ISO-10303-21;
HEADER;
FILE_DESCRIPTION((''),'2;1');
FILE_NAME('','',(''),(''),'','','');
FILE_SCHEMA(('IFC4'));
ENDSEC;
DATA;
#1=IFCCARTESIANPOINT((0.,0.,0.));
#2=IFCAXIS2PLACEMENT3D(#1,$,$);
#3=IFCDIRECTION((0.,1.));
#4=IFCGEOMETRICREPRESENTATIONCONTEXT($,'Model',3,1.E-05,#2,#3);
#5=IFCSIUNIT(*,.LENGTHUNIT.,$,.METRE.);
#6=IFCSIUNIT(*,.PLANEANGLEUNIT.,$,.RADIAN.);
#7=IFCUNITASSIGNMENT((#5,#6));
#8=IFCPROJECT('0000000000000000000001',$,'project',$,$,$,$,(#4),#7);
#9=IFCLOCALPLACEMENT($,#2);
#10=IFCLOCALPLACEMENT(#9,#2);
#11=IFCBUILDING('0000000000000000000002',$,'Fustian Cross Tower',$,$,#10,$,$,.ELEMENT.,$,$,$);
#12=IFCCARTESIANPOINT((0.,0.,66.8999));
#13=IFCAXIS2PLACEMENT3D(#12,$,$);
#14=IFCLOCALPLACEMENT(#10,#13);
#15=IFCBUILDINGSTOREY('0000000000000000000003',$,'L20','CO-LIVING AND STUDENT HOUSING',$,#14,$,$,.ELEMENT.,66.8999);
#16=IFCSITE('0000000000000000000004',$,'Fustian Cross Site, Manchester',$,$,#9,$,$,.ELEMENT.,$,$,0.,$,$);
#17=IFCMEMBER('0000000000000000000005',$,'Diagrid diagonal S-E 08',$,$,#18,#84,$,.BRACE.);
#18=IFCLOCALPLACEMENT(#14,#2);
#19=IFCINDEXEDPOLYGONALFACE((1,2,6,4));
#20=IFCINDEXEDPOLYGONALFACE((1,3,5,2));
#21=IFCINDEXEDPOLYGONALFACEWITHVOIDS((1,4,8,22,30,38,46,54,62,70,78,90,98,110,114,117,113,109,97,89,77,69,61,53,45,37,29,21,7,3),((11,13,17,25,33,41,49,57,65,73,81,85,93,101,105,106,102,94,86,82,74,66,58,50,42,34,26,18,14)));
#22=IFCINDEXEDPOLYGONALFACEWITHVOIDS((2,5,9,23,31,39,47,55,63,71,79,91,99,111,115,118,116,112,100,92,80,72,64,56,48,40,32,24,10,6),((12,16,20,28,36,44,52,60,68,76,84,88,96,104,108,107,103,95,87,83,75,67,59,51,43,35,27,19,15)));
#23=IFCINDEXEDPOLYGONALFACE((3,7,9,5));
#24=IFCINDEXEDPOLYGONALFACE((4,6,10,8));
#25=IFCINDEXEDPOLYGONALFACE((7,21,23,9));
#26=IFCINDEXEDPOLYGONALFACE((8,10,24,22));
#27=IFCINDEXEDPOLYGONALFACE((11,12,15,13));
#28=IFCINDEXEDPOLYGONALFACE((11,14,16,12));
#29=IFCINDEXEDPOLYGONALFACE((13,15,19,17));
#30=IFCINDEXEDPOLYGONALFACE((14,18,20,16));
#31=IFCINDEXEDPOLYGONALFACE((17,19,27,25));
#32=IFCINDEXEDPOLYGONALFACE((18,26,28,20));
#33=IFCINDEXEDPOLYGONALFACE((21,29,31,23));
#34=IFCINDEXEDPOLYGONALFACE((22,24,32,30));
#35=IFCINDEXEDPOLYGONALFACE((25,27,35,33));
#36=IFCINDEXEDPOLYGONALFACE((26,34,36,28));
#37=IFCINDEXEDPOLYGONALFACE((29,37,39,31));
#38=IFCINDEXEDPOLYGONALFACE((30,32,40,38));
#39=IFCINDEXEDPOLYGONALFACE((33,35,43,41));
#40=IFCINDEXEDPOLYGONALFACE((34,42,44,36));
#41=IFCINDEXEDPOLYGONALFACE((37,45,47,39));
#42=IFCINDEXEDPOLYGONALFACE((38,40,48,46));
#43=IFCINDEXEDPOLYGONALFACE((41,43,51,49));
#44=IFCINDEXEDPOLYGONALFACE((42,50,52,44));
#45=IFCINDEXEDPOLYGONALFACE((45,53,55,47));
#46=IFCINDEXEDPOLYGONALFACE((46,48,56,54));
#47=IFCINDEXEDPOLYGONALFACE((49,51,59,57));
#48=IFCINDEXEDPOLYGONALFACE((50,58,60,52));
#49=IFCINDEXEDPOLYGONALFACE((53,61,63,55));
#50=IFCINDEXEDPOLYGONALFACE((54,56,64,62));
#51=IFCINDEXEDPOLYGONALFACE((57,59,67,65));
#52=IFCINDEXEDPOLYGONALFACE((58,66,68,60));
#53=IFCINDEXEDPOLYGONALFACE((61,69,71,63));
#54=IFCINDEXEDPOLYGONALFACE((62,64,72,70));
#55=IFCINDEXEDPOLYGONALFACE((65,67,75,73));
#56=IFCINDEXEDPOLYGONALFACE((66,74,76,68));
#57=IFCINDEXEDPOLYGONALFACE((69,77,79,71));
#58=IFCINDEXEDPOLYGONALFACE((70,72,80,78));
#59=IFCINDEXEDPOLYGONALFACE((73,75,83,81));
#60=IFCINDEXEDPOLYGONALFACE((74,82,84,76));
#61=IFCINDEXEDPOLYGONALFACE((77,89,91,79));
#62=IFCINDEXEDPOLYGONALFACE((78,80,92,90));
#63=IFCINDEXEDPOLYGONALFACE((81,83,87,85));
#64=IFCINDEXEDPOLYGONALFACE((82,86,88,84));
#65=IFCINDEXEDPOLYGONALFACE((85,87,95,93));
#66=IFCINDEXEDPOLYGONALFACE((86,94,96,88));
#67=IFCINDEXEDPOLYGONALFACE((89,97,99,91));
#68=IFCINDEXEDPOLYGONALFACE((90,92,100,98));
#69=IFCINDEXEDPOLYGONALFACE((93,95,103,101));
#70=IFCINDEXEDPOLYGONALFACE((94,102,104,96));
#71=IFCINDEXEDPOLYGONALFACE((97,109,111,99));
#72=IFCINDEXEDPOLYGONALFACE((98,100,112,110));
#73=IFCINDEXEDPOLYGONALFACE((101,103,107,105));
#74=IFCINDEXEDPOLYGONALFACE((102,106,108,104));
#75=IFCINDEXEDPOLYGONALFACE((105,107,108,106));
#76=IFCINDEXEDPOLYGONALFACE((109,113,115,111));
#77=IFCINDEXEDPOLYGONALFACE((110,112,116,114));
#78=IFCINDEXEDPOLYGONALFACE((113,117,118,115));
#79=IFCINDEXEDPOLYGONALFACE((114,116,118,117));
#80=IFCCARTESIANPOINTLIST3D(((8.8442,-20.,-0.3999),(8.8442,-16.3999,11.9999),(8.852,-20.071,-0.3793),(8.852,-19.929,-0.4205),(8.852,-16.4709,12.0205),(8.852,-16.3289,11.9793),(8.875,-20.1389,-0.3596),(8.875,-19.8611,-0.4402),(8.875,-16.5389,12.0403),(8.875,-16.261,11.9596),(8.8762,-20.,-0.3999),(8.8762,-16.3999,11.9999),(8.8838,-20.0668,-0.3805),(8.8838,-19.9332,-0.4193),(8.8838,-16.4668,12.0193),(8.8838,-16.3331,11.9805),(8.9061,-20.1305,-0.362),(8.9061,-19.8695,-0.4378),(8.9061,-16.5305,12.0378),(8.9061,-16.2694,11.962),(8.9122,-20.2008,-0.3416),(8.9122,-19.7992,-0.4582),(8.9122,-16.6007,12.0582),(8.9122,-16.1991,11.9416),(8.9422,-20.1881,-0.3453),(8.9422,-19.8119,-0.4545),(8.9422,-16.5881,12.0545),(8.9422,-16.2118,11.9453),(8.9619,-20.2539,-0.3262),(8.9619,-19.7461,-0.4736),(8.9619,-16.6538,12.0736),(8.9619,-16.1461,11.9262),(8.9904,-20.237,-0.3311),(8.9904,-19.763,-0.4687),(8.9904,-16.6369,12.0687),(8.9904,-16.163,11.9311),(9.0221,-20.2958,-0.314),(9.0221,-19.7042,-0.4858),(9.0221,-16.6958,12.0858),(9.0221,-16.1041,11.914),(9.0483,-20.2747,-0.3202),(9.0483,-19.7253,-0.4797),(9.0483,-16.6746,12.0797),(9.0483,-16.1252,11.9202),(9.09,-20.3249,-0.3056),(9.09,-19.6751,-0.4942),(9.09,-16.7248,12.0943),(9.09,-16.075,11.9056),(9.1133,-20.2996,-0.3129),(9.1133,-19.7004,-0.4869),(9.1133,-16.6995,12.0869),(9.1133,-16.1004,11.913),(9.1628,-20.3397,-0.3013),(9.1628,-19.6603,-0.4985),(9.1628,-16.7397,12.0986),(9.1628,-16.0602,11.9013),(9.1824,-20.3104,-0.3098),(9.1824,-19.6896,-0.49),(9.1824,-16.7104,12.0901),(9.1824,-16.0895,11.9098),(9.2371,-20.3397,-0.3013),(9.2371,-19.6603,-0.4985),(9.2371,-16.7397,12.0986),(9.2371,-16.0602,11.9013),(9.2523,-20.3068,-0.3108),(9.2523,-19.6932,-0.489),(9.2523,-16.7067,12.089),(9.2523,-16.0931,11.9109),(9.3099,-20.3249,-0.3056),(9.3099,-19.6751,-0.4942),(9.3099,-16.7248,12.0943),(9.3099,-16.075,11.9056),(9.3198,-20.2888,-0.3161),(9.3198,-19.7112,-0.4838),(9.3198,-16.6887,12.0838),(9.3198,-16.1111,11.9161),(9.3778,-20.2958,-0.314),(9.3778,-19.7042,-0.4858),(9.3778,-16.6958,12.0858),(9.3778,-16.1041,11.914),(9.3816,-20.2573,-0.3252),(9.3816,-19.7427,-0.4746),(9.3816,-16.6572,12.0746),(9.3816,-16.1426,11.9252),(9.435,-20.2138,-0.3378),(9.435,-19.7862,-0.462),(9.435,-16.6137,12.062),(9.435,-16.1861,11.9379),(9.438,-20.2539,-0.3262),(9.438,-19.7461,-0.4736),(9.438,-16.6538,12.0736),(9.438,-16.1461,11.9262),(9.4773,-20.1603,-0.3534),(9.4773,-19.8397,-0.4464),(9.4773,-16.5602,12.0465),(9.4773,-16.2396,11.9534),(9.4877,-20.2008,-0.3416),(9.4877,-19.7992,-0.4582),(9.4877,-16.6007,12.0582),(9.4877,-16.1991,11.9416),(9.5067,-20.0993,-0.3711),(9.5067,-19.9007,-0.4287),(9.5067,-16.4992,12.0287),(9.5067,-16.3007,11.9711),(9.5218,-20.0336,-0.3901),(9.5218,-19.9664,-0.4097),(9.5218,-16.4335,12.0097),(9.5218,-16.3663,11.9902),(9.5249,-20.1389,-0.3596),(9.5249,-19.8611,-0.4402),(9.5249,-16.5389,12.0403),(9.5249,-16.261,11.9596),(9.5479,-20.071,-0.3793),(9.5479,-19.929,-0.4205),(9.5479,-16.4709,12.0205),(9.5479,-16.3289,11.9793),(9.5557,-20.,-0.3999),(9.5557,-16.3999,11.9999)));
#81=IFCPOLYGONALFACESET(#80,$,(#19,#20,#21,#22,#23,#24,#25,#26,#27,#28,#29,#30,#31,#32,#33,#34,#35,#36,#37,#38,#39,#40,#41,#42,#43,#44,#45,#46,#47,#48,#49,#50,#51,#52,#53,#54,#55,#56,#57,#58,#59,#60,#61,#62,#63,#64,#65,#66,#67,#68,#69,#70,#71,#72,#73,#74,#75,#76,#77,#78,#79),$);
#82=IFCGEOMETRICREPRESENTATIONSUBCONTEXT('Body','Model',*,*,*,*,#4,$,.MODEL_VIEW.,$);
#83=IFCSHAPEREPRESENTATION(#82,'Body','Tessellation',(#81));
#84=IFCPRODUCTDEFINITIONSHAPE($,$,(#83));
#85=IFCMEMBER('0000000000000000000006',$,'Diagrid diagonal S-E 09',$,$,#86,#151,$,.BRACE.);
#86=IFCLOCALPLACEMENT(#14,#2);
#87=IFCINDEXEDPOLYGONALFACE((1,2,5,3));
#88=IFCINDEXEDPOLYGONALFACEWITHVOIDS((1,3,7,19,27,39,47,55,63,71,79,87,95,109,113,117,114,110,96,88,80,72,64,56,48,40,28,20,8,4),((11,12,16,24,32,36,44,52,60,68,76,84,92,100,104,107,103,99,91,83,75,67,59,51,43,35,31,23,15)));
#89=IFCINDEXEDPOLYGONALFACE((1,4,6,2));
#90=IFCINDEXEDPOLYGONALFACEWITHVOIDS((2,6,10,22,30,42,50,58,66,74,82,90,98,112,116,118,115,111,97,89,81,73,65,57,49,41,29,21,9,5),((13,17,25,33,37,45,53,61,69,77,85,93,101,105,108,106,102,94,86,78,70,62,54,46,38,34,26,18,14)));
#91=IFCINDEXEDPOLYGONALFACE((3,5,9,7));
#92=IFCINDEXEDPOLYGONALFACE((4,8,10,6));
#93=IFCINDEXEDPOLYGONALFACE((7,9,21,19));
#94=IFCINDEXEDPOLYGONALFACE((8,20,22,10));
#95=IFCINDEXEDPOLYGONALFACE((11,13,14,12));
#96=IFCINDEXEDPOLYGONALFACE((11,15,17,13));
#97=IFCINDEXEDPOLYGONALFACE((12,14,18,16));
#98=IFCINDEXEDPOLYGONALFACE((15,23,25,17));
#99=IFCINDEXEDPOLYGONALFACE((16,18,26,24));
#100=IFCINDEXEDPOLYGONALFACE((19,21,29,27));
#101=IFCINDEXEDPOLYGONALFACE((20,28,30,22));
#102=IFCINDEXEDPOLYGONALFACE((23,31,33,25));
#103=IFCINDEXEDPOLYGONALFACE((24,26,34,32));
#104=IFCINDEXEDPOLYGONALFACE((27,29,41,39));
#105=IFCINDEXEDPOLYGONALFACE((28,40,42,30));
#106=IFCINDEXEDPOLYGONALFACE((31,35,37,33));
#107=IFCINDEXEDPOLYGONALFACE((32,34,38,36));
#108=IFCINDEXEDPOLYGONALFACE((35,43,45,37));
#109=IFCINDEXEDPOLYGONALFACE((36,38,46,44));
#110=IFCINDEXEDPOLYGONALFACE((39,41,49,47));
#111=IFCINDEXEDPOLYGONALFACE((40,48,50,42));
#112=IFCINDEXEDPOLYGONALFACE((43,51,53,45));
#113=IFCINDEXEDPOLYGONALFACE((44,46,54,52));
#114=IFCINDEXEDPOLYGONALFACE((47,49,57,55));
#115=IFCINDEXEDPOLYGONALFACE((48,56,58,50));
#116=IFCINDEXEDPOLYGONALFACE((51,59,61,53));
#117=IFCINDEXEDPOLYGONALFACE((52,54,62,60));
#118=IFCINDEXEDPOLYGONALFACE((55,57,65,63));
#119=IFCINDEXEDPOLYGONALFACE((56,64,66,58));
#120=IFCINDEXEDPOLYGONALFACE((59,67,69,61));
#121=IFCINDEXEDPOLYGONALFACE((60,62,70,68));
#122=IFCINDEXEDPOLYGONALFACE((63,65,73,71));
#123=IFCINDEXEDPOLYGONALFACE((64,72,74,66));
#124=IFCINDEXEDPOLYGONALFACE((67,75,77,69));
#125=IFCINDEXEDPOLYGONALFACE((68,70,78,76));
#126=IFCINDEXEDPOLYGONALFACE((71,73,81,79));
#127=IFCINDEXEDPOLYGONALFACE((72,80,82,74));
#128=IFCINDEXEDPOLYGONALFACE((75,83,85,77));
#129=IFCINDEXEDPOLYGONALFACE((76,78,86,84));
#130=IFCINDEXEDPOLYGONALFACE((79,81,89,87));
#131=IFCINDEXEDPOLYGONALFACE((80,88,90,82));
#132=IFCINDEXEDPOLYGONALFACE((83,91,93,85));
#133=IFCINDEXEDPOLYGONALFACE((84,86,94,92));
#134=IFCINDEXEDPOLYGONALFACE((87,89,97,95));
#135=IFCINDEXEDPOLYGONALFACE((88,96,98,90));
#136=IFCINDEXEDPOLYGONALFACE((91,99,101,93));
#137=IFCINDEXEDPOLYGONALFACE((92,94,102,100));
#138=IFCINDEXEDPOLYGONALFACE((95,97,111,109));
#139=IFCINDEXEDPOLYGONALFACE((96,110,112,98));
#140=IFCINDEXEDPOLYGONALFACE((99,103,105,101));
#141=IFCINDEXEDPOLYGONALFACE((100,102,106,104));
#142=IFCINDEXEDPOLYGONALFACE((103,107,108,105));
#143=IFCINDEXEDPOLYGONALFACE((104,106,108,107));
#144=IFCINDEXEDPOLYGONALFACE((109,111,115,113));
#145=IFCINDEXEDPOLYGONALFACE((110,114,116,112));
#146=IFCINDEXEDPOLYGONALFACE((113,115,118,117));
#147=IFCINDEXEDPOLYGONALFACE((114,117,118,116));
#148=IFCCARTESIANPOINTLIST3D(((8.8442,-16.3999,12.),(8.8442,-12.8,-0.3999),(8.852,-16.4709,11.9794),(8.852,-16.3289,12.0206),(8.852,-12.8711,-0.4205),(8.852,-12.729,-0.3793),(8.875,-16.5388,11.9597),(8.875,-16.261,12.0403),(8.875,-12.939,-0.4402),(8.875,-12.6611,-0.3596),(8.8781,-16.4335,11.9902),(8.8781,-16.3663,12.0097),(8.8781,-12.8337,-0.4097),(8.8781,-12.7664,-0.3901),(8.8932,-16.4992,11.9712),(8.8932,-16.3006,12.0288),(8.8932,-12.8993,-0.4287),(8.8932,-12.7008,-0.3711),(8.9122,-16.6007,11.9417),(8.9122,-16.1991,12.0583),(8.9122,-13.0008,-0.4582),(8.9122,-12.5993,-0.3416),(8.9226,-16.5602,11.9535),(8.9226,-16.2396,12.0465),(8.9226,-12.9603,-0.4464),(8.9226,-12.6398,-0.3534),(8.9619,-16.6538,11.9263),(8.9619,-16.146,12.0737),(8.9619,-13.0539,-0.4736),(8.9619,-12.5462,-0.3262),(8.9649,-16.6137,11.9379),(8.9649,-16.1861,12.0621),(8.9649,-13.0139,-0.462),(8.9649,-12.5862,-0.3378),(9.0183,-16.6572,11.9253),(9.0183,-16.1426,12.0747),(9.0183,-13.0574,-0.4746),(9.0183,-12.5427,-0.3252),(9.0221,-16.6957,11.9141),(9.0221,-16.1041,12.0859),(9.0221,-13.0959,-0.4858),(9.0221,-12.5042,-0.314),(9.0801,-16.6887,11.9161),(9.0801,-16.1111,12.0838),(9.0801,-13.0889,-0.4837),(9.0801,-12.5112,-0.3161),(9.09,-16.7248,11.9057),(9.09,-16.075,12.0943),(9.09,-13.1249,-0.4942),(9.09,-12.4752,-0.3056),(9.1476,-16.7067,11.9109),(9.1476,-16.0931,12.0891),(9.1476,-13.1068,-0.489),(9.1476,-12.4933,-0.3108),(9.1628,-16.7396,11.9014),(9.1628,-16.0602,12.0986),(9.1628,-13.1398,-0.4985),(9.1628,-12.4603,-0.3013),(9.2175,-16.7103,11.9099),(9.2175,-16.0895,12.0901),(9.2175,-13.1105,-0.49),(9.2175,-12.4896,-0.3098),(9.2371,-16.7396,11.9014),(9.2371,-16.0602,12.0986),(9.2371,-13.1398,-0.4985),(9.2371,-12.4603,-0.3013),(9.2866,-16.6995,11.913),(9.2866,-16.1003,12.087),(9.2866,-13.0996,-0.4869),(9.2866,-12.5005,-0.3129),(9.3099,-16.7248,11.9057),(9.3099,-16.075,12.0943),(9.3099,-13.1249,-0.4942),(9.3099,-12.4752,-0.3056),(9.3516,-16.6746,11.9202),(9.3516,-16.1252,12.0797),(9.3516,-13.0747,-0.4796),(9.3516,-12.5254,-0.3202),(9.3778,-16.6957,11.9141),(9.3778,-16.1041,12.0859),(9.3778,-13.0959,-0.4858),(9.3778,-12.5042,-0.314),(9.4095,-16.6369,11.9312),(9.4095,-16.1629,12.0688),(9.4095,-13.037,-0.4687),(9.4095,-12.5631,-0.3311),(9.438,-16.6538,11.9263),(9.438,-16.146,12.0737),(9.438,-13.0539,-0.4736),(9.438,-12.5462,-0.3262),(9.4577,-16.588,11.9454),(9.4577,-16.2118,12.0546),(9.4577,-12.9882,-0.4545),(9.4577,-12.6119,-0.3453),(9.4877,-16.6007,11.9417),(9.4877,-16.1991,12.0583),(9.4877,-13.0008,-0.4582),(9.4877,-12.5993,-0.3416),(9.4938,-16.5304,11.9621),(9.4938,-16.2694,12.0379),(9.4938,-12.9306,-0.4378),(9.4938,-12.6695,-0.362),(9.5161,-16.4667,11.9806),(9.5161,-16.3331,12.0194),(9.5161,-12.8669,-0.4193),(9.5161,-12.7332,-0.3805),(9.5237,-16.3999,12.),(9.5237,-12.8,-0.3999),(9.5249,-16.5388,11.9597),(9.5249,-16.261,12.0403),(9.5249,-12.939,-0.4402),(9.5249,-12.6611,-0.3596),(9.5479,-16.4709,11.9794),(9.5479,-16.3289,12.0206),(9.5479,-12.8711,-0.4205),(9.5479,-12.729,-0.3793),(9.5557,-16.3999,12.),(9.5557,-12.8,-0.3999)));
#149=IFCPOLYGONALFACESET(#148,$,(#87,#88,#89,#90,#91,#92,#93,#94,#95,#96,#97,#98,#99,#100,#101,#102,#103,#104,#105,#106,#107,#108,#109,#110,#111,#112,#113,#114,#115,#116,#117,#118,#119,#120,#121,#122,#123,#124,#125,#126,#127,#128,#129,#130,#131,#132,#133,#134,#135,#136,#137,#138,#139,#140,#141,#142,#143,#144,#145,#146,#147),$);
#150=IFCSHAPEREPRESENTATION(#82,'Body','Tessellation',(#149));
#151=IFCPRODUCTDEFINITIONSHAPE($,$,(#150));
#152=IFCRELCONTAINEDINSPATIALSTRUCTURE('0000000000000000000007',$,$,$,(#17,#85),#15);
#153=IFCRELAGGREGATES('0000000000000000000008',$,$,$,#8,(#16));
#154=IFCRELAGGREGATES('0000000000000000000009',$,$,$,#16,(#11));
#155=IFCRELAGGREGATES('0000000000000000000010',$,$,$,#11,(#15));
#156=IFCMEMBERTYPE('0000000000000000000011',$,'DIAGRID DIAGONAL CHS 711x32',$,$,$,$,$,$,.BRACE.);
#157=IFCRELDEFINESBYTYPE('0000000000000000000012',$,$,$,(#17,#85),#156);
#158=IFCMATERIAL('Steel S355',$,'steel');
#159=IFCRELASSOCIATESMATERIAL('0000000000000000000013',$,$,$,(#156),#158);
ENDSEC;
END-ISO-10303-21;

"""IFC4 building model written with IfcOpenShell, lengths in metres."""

from ifc_helpers import new_model, si_unit, direction, frame, origin, origin_2d, place, context, subcontext, project, spatial, hollow_circle, extrude, material, material_profile, profile_set, type_object, element, save


model = new_model("IFC4")

# Units and contexts
model_context = context("Model", 3, precision=1e-05, world=origin(), true_north=direction((0.0, 1.0)))
body_context = subcontext(model_context, "Body", "Model", "MODEL_VIEW")
ifc_project = project(units=[si_unit("LENGTHUNIT", "METRE"), si_unit("PLANEANGLEUNIT", "RADIAN")], contexts=[model_context])

# Site, building, storey
site_placement = place(None, origin())
site = spatial("IfcSite", under=ifc_project, at=site_placement, Name="Fustian Cross Site, Manchester", CompositionType="ELEMENT", RefElevation=0.0)
building_placement = place(site_placement, origin())
building = spatial("IfcBuilding", under=site, at=building_placement, Name="Fustian Cross Tower", CompositionType="ELEMENT")
storey_placement = place(building_placement, frame((0.0, 0.0, 66.8999)))
storey = spatial("IfcBuildingStorey", under=building, at=storey_placement, Name="L20", Description="CO-LIVING AND STUDENT HOUSING", CompositionType="ELEMENT", Elevation=66.8999)

# Members
ifc_material_1 = material(Name="Steel S355", Category="steel")
ifc_material_profile_1 = material_profile(ifc_material_1, hollow_circle(Radius=0.3557, WallThickness=0.032, at=origin_2d()), Name="CHS 711x32")
ifc_profile_set_1 = profile_set([ifc_material_profile_1], Name="Steel S355")
member_type_1 = type_object("IfcMemberType", Name="DIAGRID DIAGONAL CHS 711x32", PredefinedType="BRACE", material=ifc_profile_set_1)
for number, where, z_axis, x_axis, name in (
    (1, (9.2, -20.0, -0.3999), (0.0, 0.278819, 0.960344), (-1.0, 0.0, 0.0), "Diagrid diagonal S-E 08"),
    (2, (9.2, -12.8, -0.3999), (0.0, -0.278802, 0.960349), (1.0, 0.0, 0.0), "Diagrid diagonal S-E 09"),
):
    element("IfcMember", number, at=place(storey_placement, frame(where, z_axis=z_axis, x_axis=x_axis)), inside=storey, type_object=member_type_1, Name=name, PredefinedType="BRACE", context=body_context, shape_type="SweptSolid", body=[
        extrude(hollow_circle(Radius=0.3557, WallThickness=0.032, at=origin_2d()), origin(), (0.0, 0.0, 1.0), 12.9119),
    ])

save(model, "model.ifc")
